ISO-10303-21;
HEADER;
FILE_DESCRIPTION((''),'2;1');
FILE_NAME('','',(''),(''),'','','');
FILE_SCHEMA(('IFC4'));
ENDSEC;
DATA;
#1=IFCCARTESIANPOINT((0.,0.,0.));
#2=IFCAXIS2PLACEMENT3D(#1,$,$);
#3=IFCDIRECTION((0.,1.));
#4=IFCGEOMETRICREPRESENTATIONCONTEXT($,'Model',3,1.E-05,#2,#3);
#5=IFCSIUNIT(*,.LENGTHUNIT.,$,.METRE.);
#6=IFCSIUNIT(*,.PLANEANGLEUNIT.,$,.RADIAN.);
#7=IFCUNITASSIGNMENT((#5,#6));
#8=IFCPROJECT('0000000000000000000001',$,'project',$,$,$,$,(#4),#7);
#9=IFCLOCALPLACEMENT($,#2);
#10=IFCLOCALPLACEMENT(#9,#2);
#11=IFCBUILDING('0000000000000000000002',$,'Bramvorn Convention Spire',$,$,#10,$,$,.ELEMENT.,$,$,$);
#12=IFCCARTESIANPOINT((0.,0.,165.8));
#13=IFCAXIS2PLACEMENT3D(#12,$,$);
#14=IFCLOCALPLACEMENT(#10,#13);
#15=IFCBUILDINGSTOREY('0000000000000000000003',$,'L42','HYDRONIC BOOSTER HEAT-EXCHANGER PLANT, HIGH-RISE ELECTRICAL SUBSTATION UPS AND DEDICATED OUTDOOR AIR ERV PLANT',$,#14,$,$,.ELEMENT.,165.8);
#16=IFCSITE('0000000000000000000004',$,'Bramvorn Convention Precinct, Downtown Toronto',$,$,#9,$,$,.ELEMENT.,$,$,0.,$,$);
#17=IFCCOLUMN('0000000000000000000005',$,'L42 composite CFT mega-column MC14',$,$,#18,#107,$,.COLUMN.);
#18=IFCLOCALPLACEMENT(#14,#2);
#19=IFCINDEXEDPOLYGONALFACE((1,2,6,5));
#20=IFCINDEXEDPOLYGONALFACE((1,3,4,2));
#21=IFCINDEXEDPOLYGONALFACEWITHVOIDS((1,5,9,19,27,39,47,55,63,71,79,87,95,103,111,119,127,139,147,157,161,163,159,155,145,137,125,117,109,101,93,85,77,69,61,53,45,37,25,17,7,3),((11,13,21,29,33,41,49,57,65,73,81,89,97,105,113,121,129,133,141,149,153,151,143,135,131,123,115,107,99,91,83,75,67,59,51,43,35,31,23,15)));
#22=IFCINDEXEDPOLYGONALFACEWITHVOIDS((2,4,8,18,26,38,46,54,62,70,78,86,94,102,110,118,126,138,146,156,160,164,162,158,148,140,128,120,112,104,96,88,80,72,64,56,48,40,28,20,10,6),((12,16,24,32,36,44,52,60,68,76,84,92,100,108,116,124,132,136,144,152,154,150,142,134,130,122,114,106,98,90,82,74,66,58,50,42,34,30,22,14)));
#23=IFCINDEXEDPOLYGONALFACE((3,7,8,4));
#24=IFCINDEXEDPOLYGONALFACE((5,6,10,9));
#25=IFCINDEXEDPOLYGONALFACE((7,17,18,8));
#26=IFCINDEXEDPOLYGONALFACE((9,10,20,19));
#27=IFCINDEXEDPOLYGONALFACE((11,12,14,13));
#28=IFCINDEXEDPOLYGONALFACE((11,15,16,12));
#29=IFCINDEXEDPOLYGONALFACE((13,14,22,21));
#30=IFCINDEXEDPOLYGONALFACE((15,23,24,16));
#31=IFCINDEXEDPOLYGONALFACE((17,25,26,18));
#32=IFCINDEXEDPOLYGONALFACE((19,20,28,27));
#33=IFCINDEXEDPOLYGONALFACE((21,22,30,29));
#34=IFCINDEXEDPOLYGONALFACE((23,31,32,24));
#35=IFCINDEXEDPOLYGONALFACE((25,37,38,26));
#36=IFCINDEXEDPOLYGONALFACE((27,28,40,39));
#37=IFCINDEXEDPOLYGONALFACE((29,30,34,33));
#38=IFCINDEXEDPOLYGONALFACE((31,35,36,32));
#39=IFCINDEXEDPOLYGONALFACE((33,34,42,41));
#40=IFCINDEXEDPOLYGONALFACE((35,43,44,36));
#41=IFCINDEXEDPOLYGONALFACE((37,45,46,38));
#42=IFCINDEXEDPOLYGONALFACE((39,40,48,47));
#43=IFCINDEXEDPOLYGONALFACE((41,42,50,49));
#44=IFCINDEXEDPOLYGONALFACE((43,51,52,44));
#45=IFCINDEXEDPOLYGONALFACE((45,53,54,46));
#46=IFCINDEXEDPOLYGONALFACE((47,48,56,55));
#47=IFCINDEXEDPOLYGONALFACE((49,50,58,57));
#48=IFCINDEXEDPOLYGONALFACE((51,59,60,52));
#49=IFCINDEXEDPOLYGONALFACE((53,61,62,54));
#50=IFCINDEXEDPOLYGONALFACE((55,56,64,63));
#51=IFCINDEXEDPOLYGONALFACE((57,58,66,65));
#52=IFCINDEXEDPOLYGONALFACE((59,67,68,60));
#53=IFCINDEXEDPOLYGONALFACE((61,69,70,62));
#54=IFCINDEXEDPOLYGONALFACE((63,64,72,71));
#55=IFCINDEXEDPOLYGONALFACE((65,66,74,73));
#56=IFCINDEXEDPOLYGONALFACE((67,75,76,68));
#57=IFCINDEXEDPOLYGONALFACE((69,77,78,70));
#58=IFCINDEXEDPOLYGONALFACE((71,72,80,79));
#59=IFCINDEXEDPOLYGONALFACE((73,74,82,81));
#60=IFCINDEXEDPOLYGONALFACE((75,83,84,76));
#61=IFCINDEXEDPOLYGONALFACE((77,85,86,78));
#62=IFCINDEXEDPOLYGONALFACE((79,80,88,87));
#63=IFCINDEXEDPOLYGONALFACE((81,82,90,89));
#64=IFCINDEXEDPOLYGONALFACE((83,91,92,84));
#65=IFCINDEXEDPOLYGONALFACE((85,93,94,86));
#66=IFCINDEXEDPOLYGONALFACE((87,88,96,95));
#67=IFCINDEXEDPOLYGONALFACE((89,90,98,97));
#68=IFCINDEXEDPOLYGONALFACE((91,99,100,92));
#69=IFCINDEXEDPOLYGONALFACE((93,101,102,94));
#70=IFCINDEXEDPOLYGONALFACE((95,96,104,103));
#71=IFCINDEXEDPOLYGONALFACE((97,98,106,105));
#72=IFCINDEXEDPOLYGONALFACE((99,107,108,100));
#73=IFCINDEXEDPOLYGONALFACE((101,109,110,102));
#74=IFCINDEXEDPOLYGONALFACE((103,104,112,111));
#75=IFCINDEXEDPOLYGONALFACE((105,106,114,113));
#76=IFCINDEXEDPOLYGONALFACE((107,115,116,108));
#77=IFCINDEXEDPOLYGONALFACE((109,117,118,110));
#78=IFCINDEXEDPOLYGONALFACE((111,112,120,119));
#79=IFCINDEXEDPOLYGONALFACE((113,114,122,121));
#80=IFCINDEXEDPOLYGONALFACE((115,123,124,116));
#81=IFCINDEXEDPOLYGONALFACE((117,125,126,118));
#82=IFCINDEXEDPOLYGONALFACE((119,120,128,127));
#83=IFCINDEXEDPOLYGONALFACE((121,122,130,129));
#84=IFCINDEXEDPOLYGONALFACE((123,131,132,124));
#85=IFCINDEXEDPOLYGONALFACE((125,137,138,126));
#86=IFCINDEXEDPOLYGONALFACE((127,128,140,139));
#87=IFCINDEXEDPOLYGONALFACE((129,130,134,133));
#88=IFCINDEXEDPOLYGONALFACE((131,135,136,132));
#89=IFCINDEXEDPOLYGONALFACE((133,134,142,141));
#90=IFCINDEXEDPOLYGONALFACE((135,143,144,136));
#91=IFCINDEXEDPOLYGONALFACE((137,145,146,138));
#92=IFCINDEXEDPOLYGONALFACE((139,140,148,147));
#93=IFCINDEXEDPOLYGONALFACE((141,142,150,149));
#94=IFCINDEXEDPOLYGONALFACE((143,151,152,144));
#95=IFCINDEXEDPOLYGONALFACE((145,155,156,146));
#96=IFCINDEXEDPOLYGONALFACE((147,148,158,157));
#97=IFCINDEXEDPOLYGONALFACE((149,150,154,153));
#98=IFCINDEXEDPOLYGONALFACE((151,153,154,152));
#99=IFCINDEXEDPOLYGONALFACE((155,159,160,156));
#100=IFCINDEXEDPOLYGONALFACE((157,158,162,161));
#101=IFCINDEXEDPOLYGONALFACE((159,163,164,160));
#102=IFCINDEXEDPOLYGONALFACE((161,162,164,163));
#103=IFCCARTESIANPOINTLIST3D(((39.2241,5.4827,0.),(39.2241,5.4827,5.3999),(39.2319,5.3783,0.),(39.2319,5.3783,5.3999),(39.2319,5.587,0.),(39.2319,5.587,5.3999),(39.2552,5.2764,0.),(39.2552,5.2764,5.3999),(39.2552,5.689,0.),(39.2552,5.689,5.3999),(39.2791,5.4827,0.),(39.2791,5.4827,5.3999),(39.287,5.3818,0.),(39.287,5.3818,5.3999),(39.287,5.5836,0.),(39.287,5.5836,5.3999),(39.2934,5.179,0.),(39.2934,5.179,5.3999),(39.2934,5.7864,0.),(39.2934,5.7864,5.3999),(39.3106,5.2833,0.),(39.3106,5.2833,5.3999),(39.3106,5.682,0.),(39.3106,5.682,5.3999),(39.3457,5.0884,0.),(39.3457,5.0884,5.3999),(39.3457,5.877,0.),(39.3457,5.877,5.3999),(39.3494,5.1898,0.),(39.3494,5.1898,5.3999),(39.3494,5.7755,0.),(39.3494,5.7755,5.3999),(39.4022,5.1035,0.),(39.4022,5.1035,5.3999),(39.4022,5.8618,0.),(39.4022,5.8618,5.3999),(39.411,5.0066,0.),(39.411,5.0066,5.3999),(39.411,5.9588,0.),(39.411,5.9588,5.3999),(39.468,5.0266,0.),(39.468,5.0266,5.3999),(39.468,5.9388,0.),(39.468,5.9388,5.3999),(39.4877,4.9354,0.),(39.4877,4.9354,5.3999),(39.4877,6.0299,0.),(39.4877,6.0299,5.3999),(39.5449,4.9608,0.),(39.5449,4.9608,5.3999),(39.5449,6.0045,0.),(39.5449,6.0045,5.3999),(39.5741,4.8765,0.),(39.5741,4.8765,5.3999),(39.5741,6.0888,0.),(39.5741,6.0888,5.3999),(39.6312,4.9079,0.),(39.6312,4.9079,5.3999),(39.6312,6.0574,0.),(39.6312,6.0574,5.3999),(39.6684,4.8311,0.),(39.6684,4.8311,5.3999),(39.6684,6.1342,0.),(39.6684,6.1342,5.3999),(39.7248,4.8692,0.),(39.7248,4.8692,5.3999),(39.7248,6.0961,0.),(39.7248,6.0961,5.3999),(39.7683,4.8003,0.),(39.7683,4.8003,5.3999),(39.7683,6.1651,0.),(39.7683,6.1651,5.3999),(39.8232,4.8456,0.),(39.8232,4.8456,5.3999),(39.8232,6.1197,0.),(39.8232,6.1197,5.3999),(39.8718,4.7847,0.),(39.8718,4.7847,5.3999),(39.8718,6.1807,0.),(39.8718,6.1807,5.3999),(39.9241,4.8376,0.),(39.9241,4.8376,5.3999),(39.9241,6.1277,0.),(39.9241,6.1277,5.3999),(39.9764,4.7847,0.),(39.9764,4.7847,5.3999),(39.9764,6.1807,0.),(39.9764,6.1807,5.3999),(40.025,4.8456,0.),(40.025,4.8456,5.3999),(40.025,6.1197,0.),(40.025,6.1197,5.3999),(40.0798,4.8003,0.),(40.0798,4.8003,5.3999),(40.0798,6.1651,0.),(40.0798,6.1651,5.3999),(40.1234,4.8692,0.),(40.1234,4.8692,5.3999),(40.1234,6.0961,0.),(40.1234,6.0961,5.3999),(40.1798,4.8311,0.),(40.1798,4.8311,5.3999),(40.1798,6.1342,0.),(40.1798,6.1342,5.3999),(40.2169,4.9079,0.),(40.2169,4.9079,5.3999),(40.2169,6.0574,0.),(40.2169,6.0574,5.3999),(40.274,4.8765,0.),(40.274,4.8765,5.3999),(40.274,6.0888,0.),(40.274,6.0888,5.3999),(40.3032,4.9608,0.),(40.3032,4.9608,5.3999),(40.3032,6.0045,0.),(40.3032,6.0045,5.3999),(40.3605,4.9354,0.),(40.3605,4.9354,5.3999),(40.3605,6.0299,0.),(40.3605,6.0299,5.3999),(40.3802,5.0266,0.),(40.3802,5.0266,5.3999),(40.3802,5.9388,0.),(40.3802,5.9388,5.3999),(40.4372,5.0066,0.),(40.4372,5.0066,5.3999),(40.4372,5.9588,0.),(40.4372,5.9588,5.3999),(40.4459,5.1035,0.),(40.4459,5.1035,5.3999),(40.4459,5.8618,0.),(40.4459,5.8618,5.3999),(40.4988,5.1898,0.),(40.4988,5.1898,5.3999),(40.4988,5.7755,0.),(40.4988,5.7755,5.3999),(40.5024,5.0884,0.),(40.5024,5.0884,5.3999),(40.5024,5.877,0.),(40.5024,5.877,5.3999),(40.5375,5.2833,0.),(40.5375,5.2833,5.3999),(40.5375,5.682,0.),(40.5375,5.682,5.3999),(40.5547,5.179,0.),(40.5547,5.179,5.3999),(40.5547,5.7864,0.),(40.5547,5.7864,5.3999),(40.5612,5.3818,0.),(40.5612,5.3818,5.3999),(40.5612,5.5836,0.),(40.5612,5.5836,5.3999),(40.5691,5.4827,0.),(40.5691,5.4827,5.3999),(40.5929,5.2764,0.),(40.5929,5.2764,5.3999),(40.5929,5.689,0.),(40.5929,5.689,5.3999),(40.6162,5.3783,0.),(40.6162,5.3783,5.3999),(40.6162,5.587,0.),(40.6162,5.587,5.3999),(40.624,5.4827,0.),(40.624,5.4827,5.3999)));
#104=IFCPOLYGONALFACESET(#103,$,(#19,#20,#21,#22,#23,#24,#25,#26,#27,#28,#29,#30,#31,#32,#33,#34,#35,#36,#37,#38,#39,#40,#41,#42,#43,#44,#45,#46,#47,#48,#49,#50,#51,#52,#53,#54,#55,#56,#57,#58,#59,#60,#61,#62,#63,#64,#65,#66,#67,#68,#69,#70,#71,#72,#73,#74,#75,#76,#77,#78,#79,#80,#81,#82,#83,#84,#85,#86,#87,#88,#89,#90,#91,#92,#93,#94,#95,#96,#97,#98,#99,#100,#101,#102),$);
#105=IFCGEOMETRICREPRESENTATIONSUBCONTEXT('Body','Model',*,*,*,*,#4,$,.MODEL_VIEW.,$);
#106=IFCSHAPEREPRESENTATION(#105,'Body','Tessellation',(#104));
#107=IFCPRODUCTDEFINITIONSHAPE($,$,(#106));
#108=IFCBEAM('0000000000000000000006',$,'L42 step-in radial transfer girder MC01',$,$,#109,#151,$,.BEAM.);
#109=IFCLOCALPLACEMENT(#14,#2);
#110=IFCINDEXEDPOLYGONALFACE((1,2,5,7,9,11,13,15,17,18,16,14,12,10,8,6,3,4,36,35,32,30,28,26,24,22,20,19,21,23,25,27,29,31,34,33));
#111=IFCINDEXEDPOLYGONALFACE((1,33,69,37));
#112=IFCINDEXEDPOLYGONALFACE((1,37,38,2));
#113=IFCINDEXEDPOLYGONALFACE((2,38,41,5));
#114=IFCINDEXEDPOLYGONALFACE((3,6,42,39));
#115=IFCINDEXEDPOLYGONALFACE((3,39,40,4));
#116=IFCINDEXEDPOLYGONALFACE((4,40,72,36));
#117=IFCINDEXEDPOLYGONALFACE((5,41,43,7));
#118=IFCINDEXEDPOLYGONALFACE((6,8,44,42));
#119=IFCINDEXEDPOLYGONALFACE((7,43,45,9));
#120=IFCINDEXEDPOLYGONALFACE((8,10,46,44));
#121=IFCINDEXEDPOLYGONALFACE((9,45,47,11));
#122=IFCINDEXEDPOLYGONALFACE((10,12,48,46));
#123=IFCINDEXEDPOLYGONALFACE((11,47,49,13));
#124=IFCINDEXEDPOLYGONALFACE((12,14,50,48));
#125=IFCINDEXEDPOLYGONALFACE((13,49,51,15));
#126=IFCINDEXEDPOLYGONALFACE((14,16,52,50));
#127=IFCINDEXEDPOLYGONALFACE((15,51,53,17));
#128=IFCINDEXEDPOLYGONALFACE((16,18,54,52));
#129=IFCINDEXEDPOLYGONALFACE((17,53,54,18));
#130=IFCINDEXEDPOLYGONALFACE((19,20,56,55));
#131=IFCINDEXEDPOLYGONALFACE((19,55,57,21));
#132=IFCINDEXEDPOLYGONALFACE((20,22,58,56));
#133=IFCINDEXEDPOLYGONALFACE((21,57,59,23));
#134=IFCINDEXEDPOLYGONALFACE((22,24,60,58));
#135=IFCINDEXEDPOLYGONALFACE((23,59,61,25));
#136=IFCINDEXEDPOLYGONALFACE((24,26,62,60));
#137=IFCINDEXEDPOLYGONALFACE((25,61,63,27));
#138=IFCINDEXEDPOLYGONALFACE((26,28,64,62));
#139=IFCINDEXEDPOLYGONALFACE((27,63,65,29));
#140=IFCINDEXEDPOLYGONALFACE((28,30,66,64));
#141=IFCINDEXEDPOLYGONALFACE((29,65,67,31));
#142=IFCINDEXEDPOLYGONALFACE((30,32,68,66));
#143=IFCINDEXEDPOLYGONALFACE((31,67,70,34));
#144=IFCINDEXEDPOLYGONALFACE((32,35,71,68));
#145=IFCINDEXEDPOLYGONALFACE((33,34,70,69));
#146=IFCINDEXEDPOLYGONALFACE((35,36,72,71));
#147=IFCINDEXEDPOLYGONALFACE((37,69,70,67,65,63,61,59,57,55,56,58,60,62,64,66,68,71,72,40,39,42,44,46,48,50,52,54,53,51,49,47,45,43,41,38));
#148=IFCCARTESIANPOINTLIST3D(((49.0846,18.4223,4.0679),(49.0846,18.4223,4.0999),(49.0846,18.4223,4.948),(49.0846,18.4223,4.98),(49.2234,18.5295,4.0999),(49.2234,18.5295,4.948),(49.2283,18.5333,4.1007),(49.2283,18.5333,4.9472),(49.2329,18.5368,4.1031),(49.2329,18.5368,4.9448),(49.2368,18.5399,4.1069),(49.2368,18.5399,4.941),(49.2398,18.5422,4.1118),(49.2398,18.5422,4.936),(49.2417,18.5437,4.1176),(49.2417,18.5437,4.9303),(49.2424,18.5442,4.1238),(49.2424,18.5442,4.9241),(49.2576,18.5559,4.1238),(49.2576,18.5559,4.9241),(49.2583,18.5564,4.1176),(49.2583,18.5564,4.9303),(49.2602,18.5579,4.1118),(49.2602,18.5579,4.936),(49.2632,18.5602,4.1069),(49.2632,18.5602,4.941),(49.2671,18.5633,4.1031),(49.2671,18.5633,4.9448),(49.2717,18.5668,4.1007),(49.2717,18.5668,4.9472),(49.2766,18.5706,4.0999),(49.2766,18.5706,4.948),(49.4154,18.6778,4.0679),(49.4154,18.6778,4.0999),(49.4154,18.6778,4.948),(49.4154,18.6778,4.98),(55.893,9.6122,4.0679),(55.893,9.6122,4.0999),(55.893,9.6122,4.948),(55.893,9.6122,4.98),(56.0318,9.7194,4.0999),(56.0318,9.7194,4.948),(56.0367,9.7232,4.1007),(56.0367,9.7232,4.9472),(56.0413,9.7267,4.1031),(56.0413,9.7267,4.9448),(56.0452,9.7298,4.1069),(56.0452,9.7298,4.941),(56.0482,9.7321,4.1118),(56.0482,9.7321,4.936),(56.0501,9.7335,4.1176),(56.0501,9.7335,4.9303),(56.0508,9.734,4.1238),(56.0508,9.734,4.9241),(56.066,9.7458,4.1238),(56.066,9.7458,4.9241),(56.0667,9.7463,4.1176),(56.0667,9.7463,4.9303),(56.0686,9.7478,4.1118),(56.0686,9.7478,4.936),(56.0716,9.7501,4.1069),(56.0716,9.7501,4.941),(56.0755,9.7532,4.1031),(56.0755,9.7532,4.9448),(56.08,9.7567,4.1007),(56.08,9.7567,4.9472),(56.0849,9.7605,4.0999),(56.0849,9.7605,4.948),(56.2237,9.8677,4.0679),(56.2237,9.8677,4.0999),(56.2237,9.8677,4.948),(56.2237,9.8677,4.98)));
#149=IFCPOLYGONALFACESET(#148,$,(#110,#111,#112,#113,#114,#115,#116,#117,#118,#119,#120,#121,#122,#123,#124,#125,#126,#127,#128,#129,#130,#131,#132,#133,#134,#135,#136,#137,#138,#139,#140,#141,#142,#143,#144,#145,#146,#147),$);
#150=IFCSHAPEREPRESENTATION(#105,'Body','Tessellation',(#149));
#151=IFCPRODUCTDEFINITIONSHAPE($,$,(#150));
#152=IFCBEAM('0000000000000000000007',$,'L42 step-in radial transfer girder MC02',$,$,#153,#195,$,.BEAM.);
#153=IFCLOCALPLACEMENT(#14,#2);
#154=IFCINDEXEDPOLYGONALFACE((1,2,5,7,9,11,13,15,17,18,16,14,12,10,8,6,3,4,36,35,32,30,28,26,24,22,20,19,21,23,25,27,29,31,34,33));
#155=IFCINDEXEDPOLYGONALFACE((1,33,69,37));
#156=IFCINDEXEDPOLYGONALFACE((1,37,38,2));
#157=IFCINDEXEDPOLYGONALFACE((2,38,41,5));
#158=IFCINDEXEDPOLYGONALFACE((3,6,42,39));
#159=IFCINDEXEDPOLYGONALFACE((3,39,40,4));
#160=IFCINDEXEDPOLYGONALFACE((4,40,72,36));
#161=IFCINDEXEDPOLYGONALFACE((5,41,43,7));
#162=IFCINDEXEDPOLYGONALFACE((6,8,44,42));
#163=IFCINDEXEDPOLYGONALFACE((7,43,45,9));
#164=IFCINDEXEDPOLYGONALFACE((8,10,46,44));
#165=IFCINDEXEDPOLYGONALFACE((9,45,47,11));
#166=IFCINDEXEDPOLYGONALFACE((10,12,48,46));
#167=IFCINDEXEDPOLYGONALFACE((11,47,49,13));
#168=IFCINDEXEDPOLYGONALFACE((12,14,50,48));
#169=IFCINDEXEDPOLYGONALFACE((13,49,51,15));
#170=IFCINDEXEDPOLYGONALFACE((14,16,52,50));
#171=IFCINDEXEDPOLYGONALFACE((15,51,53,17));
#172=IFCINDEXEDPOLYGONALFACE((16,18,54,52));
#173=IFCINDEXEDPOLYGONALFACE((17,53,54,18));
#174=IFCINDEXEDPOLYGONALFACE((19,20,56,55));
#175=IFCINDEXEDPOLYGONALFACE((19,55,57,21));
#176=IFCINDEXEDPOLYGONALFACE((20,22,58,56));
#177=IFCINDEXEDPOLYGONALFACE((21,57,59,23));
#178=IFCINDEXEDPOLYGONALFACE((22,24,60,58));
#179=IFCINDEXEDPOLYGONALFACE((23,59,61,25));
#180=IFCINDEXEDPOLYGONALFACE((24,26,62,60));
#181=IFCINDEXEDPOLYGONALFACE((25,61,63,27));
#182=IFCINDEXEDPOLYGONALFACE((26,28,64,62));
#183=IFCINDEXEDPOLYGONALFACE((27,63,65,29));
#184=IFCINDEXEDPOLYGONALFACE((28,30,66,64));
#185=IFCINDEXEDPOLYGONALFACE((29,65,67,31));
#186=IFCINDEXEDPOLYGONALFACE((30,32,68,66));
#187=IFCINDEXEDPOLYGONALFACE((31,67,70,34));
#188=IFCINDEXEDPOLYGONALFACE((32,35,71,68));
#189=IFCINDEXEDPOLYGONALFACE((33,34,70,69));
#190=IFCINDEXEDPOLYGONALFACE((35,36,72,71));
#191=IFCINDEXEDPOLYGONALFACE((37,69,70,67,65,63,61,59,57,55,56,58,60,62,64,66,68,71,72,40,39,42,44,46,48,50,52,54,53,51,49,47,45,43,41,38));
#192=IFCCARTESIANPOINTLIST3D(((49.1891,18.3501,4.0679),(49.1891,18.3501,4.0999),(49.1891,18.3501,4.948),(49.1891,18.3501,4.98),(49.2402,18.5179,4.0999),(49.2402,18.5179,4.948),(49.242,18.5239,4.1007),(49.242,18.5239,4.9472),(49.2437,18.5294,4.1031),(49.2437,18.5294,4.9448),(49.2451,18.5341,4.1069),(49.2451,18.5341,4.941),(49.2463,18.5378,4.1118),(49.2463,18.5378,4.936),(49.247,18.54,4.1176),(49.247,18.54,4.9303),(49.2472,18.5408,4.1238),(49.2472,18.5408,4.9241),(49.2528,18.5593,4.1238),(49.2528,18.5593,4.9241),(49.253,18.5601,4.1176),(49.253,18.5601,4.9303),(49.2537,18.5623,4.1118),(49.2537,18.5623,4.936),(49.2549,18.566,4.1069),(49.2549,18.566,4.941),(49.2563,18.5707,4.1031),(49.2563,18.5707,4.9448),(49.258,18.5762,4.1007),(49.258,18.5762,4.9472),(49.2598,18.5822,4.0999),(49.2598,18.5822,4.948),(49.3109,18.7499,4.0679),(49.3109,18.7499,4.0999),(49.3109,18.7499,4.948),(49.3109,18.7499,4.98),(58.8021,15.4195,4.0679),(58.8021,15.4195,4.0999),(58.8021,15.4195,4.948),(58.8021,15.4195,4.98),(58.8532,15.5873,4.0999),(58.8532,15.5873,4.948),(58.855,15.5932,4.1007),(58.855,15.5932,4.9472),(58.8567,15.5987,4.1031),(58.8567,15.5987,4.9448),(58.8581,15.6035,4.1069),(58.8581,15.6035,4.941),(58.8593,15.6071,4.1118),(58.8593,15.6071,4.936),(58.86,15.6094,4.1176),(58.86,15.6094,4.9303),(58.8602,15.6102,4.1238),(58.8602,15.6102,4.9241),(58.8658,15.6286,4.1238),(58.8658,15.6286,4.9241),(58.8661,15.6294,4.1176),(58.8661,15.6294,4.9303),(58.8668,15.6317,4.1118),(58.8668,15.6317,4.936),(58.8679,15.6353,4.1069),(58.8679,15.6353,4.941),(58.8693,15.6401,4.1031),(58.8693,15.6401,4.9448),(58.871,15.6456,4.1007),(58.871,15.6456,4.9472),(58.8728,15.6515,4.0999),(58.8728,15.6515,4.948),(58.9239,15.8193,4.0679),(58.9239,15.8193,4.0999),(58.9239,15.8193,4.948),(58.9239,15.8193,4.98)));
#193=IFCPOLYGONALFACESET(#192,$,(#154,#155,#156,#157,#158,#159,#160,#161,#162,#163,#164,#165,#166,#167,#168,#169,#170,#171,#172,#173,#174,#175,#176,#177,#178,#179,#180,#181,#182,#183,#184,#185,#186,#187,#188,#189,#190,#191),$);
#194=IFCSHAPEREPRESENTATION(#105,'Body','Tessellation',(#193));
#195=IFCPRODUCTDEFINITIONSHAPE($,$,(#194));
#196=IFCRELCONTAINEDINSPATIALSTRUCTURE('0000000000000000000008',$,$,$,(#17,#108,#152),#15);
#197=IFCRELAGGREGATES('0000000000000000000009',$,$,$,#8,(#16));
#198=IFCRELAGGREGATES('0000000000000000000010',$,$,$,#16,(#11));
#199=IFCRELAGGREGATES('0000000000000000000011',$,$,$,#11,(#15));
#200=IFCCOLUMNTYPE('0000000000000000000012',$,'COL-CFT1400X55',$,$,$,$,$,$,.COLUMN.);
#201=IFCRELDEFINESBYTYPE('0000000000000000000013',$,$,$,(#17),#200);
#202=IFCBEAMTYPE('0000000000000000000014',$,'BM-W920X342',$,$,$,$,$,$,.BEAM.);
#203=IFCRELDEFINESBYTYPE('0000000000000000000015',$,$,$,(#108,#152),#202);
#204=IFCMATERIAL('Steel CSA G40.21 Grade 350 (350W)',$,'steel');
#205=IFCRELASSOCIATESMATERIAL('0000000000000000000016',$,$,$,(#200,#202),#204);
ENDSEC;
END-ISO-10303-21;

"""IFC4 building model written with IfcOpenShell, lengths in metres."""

from ifc_helpers import new_model, si_unit, direction, frame, origin, origin_2d, place, context, subcontext, project, spatial, hollow_circle, i_section, extrude, material, material_profile, profile_set, type_object, element, save


model = new_model("IFC4")

# Units and contexts
model_context = context("Model", 3, precision=1e-05, world=origin(), true_north=direction((0.0, 1.0)))
body_context = subcontext(model_context, "Body", "Model", "MODEL_VIEW")
ifc_project = project(units=[si_unit("LENGTHUNIT", "METRE"), si_unit("PLANEANGLEUNIT", "RADIAN")], contexts=[model_context])

# Site, building, storey
site_placement = place(None, origin())
site = spatial("IfcSite", under=ifc_project, at=site_placement, Name="Bramvorn Convention Precinct, Downtown Toronto", CompositionType="ELEMENT", RefElevation=0.0)
building_placement = place(site_placement, origin())
building = spatial("IfcBuilding", under=site, at=building_placement, Name="Bramvorn Convention Spire", CompositionType="ELEMENT")
storey_placement = place(building_placement, frame((0.0, 0.0, 165.8)))
storey = spatial("IfcBuildingStorey", under=building, at=storey_placement, Name="L42", Description="HYDRONIC BOOSTER HEAT-EXCHANGER PLANT, HIGH-RISE ELECTRICAL SUBSTATION UPS AND DEDICATED OUTDOOR AIR ERV PLANT", CompositionType="ELEMENT", Elevation=165.8)

# Column
ifc_material_1 = material(Name="Steel CSA G40.21 Grade 350 (350W)", Category="steel")
ifc_material_profile_1 = material_profile(ifc_material_1, hollow_circle(Radius=0.7, WallThickness=0.0549, at=origin_2d()))
ifc_profile_set_1 = profile_set([ifc_material_profile_1], Name="Steel CSA G40.21 Grade 350 (350W) - CFT1400X55")
column_type = type_object("IfcColumnType", Name="COL-CFT1400X55", PredefinedType="COLUMN", material=ifc_profile_set_1)
column_placement = place(storey_placement, frame((39.9241, 5.4827, 0.0), z_axis=(0.0, 0.0, 1.0), x_axis=(1.0, 0.0, 0.0)))
element("IfcColumn", 1, at=column_placement, inside=storey, type_object=column_type, Name="L42 composite CFT mega-column MC14", PredefinedType="COLUMN", context=body_context, shape_type="SweptSolid", body=[
    extrude(hollow_circle(Radius=0.7, WallThickness=0.0549, at=origin_2d()), origin(), (0.0, 0.0, 1.0), 5.3999),
])

# Beams
ifc_material_profile_2 = material_profile(ifc_material_1, i_section(OverallWidth=0.418, OverallDepth=0.9121, WebThickness=0.0193, FlangeThickness=0.032, FilletRadius=0.0239, at=origin_2d()))
ifc_profile_set_2 = profile_set([ifc_material_profile_2], Name="Steel CSA G40.21 Grade 350 (350W) - W920X342")
beam_type = type_object("IfcBeamType", Name="BM-W920X342", PredefinedType="BEAM", material=ifc_profile_set_2)
beam_1_placement = place(storey_placement, frame((49.25, 18.55, 4.5239), z_axis=(0.61148, -0.79126, 0.0), x_axis=(0.79126, 0.61148, 0.0)))
element("IfcBeam", 2, at=beam_1_placement, inside=storey, type_object=beam_type, Name="L42 step-in radial transfer girder MC01", PredefinedType="BEAM", context=body_context, shape_type="SweptSolid", body=[
    extrude(i_section(OverallWidth=0.418, OverallDepth=0.9121, WebThickness=0.0193, FlangeThickness=0.032, FilletRadius=0.0239, at=origin_2d()), origin(), (0.0, 0.0, 1.0), 11.1343),
])
beam_2_placement = place(storey_placement, frame((49.25, 18.55, 4.5239), z_axis=(0.956536, -0.291613, 0.0), x_axis=(0.291613, 0.956536, 0.0)))
element("IfcBeam", 3, at=beam_2_placement, inside=storey, type_object=beam_type, Name="L42 step-in radial transfer girder MC02", PredefinedType="BEAM", context=body_context, shape_type="SweptSolid", body=[
    extrude(i_section(OverallWidth=0.418, OverallDepth=0.9121, WebThickness=0.0193, FlangeThickness=0.032, FilletRadius=0.0239, at=origin_2d()), origin(), (0.0, 0.0, 1.0), 10.0498),
])

save(model, "model.ifc")
